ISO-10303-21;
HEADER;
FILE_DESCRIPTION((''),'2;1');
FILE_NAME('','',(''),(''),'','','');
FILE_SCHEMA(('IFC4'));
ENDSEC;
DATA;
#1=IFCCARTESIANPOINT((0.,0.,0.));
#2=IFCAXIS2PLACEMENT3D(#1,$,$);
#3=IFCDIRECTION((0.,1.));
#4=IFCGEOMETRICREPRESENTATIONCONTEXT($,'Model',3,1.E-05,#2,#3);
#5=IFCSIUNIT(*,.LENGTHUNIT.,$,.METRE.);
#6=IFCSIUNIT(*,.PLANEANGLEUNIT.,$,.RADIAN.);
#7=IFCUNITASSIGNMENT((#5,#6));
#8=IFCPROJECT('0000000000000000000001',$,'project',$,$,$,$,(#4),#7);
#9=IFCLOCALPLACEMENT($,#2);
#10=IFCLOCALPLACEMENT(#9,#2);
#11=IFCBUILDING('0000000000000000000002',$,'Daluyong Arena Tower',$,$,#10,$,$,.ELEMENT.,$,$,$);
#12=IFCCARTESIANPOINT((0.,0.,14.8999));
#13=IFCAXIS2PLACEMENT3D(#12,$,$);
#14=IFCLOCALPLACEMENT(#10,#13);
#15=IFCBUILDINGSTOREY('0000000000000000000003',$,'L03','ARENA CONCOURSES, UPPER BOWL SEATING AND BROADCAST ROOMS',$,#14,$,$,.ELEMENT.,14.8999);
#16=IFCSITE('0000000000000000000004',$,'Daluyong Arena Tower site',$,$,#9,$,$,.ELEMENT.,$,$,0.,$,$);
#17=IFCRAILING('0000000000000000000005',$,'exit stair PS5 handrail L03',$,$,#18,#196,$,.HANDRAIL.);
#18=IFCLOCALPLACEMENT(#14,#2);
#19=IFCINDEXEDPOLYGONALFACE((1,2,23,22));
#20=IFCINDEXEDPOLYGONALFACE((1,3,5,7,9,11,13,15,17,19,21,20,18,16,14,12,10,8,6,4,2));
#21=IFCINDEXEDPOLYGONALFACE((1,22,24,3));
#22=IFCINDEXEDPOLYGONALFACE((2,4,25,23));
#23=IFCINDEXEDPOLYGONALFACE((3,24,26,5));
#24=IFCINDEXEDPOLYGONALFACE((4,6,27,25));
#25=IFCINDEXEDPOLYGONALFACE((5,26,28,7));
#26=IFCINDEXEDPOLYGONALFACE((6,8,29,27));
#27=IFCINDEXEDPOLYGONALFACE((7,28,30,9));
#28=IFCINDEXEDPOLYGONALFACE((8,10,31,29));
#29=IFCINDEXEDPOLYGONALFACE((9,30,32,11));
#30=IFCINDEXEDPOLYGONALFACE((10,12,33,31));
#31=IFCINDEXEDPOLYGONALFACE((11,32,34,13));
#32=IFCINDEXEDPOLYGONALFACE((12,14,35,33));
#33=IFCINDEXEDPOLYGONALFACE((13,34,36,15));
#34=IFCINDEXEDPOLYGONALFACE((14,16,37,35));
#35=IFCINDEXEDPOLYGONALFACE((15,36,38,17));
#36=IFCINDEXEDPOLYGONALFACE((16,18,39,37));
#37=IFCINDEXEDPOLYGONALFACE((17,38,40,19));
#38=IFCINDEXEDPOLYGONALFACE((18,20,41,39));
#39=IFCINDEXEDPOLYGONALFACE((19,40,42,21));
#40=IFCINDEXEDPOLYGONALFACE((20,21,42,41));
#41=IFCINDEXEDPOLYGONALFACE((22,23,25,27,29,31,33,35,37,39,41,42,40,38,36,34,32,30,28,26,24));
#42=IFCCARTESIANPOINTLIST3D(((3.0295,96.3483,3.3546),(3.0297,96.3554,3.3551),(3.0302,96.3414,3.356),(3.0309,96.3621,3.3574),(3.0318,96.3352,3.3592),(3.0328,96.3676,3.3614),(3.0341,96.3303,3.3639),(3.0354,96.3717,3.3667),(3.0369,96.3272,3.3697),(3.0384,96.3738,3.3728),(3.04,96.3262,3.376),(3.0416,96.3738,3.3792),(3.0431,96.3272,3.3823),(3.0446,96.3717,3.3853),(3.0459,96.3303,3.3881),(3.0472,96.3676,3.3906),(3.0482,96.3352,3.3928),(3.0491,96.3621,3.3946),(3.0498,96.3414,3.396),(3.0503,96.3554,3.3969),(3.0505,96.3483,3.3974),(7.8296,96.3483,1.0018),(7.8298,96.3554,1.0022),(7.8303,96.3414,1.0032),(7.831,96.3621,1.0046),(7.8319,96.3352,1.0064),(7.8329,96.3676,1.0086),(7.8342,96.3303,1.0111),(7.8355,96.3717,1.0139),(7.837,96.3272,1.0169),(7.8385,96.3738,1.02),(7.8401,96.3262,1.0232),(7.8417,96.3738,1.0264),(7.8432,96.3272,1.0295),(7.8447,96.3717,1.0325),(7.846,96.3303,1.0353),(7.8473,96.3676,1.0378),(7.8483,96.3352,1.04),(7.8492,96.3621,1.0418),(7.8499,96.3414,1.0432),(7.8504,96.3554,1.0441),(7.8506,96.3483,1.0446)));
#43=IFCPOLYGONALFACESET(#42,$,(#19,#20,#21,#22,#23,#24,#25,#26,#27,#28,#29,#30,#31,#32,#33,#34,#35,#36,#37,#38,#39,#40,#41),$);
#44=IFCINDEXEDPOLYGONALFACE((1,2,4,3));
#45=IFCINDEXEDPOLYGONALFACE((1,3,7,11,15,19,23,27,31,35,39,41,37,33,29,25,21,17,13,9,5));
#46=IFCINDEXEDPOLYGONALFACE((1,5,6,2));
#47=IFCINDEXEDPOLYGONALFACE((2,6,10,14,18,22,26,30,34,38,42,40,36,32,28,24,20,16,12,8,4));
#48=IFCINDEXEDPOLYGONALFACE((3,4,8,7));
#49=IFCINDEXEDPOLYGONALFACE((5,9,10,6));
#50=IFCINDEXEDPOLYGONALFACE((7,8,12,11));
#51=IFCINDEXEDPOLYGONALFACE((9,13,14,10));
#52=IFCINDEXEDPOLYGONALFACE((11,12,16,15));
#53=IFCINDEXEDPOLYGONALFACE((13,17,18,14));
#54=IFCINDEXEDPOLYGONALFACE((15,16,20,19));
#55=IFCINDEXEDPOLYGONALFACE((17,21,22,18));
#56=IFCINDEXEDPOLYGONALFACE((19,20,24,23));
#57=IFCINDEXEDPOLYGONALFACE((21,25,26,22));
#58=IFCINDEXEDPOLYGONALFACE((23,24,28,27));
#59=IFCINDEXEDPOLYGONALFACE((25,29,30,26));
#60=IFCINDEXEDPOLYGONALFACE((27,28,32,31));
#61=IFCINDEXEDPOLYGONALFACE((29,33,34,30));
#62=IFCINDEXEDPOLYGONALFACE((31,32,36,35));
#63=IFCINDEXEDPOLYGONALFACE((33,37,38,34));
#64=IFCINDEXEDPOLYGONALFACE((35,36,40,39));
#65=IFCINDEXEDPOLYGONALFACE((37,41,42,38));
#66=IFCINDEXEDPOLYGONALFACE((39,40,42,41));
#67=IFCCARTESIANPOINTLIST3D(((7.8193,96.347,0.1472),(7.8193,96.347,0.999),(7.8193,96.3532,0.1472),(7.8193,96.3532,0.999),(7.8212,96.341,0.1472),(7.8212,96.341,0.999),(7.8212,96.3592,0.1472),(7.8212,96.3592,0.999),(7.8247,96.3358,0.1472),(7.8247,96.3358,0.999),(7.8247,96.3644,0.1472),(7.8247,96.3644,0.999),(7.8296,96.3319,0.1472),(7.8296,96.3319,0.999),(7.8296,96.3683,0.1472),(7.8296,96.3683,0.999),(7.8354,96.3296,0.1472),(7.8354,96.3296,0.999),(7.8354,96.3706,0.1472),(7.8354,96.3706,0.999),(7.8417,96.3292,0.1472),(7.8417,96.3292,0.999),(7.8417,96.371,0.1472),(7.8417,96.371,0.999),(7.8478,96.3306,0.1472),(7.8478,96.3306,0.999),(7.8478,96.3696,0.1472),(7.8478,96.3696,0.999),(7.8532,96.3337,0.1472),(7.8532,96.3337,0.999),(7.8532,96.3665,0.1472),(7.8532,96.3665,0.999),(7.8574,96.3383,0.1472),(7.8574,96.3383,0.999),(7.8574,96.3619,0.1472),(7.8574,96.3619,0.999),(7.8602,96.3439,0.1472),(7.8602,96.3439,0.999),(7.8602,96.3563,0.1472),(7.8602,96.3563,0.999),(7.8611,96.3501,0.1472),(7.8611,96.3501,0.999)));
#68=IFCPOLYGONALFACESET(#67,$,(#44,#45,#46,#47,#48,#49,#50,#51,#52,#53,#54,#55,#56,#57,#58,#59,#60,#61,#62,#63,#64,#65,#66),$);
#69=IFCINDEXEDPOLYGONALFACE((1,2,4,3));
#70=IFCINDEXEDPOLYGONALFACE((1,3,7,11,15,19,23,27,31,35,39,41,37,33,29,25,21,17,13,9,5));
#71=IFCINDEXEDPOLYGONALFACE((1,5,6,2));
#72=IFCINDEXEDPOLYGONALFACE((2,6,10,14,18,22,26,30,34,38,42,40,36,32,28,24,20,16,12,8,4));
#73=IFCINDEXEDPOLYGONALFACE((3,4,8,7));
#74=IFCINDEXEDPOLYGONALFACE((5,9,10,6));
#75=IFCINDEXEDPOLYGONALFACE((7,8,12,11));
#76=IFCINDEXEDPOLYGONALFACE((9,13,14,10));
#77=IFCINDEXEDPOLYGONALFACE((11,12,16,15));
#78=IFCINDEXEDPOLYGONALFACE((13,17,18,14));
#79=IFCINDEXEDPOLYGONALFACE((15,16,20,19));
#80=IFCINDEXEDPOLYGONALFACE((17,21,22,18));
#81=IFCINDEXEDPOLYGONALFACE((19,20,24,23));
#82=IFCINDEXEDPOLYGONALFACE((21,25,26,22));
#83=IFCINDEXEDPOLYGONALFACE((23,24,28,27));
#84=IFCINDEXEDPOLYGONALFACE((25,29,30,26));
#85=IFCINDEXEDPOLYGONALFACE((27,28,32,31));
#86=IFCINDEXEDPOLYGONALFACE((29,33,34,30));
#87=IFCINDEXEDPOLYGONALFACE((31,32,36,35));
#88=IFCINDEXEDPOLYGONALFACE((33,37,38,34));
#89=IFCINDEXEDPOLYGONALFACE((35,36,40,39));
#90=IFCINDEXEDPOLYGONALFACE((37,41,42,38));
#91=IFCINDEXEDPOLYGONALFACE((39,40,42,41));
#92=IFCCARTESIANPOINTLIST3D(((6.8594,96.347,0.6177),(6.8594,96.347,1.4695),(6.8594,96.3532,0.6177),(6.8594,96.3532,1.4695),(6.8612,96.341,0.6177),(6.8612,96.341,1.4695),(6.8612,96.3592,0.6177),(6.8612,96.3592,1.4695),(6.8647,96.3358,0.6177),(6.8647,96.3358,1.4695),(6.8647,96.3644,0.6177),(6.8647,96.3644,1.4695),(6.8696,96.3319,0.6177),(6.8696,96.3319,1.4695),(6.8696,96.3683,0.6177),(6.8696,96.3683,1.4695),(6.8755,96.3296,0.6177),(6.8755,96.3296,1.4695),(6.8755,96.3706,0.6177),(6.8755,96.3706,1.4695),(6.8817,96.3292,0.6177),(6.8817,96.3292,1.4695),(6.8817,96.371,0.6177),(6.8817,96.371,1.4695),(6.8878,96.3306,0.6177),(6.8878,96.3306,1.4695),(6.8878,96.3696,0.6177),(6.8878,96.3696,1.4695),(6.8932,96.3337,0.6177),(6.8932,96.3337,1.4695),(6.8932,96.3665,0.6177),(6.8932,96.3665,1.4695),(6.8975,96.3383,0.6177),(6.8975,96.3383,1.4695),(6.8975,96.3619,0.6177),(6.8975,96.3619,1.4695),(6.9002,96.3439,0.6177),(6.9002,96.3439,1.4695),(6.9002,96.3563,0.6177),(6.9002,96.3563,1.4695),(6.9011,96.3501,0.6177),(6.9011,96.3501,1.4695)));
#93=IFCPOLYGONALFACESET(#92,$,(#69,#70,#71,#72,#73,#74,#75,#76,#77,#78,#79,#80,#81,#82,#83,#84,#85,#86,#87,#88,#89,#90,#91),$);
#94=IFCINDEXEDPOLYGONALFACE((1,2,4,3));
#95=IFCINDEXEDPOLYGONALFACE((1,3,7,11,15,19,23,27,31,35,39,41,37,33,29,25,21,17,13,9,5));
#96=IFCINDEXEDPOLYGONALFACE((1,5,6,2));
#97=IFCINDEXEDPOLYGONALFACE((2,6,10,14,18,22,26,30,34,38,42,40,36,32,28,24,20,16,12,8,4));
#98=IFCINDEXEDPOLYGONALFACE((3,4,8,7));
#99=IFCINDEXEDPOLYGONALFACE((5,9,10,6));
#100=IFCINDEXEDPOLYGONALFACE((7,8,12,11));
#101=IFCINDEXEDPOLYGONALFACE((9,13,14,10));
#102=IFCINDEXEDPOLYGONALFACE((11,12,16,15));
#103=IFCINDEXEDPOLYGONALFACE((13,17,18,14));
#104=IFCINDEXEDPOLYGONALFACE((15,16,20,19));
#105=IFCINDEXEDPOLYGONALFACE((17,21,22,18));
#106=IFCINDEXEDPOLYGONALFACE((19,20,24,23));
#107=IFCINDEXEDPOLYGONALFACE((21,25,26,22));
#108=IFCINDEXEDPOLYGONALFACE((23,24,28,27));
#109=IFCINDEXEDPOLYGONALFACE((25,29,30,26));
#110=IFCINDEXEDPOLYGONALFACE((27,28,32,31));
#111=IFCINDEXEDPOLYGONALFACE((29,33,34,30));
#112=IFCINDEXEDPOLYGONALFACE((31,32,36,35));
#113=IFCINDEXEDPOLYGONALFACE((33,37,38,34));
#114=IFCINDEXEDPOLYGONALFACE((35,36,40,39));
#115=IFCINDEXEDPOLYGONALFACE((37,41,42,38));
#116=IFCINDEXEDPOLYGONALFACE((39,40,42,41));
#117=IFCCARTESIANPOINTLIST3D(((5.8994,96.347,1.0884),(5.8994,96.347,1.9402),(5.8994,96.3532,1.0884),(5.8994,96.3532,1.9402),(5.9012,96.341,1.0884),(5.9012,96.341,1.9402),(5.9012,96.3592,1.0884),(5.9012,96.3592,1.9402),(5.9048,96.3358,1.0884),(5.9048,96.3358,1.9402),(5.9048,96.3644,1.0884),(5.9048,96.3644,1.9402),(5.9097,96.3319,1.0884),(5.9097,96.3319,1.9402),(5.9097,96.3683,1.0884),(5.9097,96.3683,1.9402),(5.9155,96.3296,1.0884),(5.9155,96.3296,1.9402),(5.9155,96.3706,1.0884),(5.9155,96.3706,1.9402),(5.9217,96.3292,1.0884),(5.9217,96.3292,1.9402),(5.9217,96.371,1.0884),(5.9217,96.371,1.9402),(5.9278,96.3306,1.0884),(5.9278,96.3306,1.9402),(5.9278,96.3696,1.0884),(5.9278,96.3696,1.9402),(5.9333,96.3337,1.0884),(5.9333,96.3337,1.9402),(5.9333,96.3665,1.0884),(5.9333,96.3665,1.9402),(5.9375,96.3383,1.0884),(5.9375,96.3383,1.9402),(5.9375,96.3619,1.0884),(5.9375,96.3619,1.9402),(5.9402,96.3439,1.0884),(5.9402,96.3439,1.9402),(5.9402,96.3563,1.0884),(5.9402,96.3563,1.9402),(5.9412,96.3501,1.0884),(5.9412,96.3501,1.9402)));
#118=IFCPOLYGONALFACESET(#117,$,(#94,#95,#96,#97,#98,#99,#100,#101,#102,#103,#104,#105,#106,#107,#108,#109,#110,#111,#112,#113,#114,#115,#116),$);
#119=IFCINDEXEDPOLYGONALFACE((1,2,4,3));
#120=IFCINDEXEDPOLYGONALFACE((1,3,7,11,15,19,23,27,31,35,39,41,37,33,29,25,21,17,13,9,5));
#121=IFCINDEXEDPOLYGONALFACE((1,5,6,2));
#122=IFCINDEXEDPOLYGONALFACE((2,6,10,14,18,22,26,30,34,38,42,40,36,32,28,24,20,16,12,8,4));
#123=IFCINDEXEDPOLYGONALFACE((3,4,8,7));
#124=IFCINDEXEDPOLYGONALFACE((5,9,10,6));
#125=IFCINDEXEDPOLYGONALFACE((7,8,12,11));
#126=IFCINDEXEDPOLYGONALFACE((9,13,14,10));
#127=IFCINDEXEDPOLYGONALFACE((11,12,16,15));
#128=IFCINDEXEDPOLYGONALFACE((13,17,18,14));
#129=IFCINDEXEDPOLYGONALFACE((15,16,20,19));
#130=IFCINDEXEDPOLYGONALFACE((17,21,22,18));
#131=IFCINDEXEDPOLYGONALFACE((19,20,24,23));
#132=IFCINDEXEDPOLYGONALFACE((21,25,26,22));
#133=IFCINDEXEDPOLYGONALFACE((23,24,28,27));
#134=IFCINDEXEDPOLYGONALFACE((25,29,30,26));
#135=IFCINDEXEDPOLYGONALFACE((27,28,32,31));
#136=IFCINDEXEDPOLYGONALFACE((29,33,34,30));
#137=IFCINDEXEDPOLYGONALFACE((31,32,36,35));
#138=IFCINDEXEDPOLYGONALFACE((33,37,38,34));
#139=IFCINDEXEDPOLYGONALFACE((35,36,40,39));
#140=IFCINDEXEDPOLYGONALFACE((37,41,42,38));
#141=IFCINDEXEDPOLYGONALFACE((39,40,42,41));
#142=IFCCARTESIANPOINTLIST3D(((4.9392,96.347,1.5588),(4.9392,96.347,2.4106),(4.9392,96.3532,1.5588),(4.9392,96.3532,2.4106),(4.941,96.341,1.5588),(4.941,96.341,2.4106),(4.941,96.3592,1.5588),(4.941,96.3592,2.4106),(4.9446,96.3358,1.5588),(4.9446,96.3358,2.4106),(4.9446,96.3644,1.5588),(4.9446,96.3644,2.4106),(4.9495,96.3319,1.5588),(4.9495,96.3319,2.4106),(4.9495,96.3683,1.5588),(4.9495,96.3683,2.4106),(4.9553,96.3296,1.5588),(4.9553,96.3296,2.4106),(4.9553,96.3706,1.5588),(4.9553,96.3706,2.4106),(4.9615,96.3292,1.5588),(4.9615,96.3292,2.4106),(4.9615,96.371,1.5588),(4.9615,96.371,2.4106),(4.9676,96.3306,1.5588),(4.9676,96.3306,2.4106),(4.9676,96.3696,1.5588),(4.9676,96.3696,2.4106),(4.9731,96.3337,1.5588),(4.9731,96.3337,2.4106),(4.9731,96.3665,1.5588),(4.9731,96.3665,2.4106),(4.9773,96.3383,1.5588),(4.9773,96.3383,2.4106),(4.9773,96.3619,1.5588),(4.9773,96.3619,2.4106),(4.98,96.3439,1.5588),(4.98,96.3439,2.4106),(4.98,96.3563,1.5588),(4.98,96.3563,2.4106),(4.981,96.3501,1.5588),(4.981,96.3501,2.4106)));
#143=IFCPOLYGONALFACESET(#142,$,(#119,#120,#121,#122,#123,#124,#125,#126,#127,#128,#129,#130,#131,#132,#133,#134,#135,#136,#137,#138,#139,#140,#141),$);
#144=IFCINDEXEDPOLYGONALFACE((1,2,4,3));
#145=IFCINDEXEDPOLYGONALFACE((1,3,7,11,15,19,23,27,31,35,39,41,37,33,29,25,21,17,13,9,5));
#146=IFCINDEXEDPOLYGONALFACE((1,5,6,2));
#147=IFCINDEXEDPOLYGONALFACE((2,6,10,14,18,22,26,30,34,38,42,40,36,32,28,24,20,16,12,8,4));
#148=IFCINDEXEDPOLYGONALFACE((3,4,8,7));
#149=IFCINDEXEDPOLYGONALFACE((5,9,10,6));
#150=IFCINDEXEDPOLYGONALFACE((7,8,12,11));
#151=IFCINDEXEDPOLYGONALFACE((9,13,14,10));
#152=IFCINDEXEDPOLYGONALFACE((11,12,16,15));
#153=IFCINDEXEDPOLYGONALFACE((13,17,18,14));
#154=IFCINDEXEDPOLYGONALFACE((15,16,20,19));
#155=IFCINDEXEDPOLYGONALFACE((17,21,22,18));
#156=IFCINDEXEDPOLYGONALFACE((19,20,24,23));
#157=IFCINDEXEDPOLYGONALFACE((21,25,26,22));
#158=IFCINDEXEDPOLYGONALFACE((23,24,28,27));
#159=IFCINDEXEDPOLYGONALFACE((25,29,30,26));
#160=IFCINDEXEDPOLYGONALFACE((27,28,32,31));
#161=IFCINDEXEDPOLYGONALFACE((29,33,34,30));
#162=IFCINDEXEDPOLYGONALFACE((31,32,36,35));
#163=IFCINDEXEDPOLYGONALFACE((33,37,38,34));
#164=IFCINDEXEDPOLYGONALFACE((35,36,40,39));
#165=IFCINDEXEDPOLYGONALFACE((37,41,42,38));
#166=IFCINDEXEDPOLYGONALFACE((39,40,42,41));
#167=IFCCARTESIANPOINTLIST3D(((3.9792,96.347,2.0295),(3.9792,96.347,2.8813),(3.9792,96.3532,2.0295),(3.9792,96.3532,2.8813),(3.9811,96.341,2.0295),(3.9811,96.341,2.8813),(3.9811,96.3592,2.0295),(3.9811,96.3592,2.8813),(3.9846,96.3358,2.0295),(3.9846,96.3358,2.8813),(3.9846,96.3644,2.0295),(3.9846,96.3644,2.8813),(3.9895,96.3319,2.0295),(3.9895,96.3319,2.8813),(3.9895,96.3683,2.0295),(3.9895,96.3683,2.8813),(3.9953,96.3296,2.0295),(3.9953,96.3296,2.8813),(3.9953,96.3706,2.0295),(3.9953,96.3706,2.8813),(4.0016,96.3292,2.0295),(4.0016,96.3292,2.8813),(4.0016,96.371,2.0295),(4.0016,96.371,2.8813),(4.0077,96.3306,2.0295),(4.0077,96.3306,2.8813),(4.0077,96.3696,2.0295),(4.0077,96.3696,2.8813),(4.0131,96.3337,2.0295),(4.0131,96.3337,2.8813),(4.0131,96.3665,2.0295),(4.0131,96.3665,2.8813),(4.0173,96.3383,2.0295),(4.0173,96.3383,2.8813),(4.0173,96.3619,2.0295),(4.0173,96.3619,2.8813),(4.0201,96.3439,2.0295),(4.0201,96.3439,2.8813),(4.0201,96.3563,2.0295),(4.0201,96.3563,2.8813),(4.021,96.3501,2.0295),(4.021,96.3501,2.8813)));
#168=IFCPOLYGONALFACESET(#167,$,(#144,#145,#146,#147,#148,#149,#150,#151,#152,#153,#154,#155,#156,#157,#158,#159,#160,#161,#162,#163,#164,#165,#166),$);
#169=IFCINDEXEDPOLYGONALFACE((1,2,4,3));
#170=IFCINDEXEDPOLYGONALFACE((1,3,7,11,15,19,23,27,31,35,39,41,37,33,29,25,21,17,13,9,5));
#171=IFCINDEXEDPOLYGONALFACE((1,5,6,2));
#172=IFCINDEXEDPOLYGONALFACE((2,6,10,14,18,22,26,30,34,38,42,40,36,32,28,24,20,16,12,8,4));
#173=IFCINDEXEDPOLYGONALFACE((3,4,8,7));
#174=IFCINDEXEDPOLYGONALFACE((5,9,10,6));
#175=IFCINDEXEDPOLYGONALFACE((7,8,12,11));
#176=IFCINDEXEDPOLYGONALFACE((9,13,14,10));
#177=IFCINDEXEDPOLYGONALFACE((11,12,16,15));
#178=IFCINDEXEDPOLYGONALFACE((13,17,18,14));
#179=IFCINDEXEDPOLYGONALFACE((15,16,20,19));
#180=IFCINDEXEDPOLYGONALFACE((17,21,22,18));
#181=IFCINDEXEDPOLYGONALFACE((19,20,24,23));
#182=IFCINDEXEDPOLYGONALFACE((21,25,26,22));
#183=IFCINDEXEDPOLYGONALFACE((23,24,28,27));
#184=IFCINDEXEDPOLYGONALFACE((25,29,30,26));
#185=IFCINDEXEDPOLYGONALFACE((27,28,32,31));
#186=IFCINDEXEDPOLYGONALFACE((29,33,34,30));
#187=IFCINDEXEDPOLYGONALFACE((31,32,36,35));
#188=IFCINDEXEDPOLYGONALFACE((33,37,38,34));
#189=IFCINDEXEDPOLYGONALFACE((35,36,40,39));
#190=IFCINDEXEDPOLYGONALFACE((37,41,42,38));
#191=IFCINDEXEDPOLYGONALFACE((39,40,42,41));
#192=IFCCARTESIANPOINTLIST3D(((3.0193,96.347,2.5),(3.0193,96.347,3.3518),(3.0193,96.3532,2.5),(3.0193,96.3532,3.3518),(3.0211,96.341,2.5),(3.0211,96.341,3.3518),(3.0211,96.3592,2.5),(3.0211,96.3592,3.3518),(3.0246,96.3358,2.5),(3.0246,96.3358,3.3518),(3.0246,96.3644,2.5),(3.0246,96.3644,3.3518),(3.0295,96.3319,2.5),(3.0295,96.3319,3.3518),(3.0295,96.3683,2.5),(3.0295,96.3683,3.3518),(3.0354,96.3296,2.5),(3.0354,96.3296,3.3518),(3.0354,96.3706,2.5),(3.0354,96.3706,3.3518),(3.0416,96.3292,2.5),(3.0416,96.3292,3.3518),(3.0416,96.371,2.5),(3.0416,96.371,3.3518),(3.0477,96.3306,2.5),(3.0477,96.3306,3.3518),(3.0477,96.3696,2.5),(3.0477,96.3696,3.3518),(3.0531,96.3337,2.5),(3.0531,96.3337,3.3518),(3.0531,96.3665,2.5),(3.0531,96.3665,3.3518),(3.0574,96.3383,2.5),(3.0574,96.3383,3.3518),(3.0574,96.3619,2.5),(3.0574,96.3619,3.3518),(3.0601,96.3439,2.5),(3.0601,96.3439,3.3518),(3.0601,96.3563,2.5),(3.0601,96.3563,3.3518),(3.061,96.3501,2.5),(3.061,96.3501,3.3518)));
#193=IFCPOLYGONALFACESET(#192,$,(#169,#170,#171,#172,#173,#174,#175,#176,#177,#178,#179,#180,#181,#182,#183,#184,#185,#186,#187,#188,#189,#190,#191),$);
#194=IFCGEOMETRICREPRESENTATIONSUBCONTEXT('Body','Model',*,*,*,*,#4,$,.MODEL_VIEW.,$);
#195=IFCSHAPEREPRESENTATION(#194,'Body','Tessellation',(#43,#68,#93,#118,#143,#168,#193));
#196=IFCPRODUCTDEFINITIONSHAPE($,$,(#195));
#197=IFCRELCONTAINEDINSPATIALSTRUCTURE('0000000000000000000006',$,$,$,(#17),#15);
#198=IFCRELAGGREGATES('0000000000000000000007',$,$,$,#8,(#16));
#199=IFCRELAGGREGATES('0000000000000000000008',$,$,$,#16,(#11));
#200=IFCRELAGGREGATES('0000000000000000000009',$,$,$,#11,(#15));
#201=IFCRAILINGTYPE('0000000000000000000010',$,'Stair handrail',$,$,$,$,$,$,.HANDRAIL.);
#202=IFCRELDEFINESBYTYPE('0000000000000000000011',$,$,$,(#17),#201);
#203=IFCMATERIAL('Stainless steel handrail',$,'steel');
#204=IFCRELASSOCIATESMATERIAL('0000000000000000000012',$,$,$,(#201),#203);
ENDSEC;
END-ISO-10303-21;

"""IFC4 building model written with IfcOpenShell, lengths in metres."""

from ifc_helpers import new_model, si_unit, direction, frame, origin, origin_2d, place, context, subcontext, project, spatial, circle, extrude, material, type_object, element, save


model = new_model("IFC4")

# Units and contexts
model_context = context("Model", 3, precision=1e-05, world=origin(), true_north=direction((0.0, 1.0)))
body_context = subcontext(model_context, "Body", "Model", "MODEL_VIEW")
ifc_project = project(units=[si_unit("LENGTHUNIT", "METRE"), si_unit("PLANEANGLEUNIT", "RADIAN")], contexts=[model_context])

# Site, building, storey
site_placement = place(None, origin())
site = spatial("IfcSite", under=ifc_project, at=site_placement, Name="Daluyong Arena Tower site", CompositionType="ELEMENT", RefElevation=0.0)
building_placement = place(site_placement, origin())
building = spatial("IfcBuilding", under=site, at=building_placement, Name="Daluyong Arena Tower", CompositionType="ELEMENT")
storey_placement = place(building_placement, frame((0.0, 0.0, 14.8999)))
storey = spatial("IfcBuildingStorey", under=building, at=storey_placement, Name="L03", Description="ARENA CONCOURSES, UPPER BOWL SEATING AND BROADCAST ROOMS", CompositionType="ELEMENT", Elevation=14.8999)

# Railing
ifc_material_1 = material(Name="Stainless steel handrail", Category="steel")
railing_type_1 = type_object("IfcRailingType", Name="Stair handrail", PredefinedType="HANDRAIL", material=ifc_material_1)
railing_1_placement = place(storey_placement, frame((7.8401, 96.3501, 0.1472)))
element("IfcRailing", 1, at=railing_1_placement, inside=storey, type_object=railing_type_1, Name="exit stair PS5 handrail L03", PredefinedType="HANDRAIL", context=body_context, shape_type="SweptSolid", body=[
    extrude(circle(Radius=0.0239, at=origin_2d()), frame((0.0, 0.0, 0.876), z_axis=(-0.897934, 0.0, 0.44013), x_axis=(0.0, -1.0, 0.0)), (0.0, 0.0, 1.0), 5.3457),
    extrude(circle(Radius=0.021, at=origin_2d()), origin(), (0.0, 0.0, 1.0), 0.8518),
    extrude(circle(Radius=0.021, at=origin_2d()), frame((-0.96, 0.0, 0.4705)), (0.0, 0.0, 1.0), 0.8518),
    extrude(circle(Radius=0.021, at=origin_2d()), frame((-1.9199, 0.0, 0.9412)), (0.0, 0.0, 1.0), 0.8518),
    extrude(circle(Radius=0.021, at=origin_2d()), frame((-2.8801, 0.0, 1.4116)), (0.0, 0.0, 1.0), 0.8518),
    extrude(circle(Radius=0.021, at=origin_2d()), frame((-3.8401, 0.0, 1.8823)), (0.0, 0.0, 1.0), 0.8518),
    extrude(circle(Radius=0.021, at=origin_2d()), frame((-4.8, 0.0, 2.3528)), (0.0, 0.0, 1.0), 0.8518),
])

save(model, "model.ifc")
